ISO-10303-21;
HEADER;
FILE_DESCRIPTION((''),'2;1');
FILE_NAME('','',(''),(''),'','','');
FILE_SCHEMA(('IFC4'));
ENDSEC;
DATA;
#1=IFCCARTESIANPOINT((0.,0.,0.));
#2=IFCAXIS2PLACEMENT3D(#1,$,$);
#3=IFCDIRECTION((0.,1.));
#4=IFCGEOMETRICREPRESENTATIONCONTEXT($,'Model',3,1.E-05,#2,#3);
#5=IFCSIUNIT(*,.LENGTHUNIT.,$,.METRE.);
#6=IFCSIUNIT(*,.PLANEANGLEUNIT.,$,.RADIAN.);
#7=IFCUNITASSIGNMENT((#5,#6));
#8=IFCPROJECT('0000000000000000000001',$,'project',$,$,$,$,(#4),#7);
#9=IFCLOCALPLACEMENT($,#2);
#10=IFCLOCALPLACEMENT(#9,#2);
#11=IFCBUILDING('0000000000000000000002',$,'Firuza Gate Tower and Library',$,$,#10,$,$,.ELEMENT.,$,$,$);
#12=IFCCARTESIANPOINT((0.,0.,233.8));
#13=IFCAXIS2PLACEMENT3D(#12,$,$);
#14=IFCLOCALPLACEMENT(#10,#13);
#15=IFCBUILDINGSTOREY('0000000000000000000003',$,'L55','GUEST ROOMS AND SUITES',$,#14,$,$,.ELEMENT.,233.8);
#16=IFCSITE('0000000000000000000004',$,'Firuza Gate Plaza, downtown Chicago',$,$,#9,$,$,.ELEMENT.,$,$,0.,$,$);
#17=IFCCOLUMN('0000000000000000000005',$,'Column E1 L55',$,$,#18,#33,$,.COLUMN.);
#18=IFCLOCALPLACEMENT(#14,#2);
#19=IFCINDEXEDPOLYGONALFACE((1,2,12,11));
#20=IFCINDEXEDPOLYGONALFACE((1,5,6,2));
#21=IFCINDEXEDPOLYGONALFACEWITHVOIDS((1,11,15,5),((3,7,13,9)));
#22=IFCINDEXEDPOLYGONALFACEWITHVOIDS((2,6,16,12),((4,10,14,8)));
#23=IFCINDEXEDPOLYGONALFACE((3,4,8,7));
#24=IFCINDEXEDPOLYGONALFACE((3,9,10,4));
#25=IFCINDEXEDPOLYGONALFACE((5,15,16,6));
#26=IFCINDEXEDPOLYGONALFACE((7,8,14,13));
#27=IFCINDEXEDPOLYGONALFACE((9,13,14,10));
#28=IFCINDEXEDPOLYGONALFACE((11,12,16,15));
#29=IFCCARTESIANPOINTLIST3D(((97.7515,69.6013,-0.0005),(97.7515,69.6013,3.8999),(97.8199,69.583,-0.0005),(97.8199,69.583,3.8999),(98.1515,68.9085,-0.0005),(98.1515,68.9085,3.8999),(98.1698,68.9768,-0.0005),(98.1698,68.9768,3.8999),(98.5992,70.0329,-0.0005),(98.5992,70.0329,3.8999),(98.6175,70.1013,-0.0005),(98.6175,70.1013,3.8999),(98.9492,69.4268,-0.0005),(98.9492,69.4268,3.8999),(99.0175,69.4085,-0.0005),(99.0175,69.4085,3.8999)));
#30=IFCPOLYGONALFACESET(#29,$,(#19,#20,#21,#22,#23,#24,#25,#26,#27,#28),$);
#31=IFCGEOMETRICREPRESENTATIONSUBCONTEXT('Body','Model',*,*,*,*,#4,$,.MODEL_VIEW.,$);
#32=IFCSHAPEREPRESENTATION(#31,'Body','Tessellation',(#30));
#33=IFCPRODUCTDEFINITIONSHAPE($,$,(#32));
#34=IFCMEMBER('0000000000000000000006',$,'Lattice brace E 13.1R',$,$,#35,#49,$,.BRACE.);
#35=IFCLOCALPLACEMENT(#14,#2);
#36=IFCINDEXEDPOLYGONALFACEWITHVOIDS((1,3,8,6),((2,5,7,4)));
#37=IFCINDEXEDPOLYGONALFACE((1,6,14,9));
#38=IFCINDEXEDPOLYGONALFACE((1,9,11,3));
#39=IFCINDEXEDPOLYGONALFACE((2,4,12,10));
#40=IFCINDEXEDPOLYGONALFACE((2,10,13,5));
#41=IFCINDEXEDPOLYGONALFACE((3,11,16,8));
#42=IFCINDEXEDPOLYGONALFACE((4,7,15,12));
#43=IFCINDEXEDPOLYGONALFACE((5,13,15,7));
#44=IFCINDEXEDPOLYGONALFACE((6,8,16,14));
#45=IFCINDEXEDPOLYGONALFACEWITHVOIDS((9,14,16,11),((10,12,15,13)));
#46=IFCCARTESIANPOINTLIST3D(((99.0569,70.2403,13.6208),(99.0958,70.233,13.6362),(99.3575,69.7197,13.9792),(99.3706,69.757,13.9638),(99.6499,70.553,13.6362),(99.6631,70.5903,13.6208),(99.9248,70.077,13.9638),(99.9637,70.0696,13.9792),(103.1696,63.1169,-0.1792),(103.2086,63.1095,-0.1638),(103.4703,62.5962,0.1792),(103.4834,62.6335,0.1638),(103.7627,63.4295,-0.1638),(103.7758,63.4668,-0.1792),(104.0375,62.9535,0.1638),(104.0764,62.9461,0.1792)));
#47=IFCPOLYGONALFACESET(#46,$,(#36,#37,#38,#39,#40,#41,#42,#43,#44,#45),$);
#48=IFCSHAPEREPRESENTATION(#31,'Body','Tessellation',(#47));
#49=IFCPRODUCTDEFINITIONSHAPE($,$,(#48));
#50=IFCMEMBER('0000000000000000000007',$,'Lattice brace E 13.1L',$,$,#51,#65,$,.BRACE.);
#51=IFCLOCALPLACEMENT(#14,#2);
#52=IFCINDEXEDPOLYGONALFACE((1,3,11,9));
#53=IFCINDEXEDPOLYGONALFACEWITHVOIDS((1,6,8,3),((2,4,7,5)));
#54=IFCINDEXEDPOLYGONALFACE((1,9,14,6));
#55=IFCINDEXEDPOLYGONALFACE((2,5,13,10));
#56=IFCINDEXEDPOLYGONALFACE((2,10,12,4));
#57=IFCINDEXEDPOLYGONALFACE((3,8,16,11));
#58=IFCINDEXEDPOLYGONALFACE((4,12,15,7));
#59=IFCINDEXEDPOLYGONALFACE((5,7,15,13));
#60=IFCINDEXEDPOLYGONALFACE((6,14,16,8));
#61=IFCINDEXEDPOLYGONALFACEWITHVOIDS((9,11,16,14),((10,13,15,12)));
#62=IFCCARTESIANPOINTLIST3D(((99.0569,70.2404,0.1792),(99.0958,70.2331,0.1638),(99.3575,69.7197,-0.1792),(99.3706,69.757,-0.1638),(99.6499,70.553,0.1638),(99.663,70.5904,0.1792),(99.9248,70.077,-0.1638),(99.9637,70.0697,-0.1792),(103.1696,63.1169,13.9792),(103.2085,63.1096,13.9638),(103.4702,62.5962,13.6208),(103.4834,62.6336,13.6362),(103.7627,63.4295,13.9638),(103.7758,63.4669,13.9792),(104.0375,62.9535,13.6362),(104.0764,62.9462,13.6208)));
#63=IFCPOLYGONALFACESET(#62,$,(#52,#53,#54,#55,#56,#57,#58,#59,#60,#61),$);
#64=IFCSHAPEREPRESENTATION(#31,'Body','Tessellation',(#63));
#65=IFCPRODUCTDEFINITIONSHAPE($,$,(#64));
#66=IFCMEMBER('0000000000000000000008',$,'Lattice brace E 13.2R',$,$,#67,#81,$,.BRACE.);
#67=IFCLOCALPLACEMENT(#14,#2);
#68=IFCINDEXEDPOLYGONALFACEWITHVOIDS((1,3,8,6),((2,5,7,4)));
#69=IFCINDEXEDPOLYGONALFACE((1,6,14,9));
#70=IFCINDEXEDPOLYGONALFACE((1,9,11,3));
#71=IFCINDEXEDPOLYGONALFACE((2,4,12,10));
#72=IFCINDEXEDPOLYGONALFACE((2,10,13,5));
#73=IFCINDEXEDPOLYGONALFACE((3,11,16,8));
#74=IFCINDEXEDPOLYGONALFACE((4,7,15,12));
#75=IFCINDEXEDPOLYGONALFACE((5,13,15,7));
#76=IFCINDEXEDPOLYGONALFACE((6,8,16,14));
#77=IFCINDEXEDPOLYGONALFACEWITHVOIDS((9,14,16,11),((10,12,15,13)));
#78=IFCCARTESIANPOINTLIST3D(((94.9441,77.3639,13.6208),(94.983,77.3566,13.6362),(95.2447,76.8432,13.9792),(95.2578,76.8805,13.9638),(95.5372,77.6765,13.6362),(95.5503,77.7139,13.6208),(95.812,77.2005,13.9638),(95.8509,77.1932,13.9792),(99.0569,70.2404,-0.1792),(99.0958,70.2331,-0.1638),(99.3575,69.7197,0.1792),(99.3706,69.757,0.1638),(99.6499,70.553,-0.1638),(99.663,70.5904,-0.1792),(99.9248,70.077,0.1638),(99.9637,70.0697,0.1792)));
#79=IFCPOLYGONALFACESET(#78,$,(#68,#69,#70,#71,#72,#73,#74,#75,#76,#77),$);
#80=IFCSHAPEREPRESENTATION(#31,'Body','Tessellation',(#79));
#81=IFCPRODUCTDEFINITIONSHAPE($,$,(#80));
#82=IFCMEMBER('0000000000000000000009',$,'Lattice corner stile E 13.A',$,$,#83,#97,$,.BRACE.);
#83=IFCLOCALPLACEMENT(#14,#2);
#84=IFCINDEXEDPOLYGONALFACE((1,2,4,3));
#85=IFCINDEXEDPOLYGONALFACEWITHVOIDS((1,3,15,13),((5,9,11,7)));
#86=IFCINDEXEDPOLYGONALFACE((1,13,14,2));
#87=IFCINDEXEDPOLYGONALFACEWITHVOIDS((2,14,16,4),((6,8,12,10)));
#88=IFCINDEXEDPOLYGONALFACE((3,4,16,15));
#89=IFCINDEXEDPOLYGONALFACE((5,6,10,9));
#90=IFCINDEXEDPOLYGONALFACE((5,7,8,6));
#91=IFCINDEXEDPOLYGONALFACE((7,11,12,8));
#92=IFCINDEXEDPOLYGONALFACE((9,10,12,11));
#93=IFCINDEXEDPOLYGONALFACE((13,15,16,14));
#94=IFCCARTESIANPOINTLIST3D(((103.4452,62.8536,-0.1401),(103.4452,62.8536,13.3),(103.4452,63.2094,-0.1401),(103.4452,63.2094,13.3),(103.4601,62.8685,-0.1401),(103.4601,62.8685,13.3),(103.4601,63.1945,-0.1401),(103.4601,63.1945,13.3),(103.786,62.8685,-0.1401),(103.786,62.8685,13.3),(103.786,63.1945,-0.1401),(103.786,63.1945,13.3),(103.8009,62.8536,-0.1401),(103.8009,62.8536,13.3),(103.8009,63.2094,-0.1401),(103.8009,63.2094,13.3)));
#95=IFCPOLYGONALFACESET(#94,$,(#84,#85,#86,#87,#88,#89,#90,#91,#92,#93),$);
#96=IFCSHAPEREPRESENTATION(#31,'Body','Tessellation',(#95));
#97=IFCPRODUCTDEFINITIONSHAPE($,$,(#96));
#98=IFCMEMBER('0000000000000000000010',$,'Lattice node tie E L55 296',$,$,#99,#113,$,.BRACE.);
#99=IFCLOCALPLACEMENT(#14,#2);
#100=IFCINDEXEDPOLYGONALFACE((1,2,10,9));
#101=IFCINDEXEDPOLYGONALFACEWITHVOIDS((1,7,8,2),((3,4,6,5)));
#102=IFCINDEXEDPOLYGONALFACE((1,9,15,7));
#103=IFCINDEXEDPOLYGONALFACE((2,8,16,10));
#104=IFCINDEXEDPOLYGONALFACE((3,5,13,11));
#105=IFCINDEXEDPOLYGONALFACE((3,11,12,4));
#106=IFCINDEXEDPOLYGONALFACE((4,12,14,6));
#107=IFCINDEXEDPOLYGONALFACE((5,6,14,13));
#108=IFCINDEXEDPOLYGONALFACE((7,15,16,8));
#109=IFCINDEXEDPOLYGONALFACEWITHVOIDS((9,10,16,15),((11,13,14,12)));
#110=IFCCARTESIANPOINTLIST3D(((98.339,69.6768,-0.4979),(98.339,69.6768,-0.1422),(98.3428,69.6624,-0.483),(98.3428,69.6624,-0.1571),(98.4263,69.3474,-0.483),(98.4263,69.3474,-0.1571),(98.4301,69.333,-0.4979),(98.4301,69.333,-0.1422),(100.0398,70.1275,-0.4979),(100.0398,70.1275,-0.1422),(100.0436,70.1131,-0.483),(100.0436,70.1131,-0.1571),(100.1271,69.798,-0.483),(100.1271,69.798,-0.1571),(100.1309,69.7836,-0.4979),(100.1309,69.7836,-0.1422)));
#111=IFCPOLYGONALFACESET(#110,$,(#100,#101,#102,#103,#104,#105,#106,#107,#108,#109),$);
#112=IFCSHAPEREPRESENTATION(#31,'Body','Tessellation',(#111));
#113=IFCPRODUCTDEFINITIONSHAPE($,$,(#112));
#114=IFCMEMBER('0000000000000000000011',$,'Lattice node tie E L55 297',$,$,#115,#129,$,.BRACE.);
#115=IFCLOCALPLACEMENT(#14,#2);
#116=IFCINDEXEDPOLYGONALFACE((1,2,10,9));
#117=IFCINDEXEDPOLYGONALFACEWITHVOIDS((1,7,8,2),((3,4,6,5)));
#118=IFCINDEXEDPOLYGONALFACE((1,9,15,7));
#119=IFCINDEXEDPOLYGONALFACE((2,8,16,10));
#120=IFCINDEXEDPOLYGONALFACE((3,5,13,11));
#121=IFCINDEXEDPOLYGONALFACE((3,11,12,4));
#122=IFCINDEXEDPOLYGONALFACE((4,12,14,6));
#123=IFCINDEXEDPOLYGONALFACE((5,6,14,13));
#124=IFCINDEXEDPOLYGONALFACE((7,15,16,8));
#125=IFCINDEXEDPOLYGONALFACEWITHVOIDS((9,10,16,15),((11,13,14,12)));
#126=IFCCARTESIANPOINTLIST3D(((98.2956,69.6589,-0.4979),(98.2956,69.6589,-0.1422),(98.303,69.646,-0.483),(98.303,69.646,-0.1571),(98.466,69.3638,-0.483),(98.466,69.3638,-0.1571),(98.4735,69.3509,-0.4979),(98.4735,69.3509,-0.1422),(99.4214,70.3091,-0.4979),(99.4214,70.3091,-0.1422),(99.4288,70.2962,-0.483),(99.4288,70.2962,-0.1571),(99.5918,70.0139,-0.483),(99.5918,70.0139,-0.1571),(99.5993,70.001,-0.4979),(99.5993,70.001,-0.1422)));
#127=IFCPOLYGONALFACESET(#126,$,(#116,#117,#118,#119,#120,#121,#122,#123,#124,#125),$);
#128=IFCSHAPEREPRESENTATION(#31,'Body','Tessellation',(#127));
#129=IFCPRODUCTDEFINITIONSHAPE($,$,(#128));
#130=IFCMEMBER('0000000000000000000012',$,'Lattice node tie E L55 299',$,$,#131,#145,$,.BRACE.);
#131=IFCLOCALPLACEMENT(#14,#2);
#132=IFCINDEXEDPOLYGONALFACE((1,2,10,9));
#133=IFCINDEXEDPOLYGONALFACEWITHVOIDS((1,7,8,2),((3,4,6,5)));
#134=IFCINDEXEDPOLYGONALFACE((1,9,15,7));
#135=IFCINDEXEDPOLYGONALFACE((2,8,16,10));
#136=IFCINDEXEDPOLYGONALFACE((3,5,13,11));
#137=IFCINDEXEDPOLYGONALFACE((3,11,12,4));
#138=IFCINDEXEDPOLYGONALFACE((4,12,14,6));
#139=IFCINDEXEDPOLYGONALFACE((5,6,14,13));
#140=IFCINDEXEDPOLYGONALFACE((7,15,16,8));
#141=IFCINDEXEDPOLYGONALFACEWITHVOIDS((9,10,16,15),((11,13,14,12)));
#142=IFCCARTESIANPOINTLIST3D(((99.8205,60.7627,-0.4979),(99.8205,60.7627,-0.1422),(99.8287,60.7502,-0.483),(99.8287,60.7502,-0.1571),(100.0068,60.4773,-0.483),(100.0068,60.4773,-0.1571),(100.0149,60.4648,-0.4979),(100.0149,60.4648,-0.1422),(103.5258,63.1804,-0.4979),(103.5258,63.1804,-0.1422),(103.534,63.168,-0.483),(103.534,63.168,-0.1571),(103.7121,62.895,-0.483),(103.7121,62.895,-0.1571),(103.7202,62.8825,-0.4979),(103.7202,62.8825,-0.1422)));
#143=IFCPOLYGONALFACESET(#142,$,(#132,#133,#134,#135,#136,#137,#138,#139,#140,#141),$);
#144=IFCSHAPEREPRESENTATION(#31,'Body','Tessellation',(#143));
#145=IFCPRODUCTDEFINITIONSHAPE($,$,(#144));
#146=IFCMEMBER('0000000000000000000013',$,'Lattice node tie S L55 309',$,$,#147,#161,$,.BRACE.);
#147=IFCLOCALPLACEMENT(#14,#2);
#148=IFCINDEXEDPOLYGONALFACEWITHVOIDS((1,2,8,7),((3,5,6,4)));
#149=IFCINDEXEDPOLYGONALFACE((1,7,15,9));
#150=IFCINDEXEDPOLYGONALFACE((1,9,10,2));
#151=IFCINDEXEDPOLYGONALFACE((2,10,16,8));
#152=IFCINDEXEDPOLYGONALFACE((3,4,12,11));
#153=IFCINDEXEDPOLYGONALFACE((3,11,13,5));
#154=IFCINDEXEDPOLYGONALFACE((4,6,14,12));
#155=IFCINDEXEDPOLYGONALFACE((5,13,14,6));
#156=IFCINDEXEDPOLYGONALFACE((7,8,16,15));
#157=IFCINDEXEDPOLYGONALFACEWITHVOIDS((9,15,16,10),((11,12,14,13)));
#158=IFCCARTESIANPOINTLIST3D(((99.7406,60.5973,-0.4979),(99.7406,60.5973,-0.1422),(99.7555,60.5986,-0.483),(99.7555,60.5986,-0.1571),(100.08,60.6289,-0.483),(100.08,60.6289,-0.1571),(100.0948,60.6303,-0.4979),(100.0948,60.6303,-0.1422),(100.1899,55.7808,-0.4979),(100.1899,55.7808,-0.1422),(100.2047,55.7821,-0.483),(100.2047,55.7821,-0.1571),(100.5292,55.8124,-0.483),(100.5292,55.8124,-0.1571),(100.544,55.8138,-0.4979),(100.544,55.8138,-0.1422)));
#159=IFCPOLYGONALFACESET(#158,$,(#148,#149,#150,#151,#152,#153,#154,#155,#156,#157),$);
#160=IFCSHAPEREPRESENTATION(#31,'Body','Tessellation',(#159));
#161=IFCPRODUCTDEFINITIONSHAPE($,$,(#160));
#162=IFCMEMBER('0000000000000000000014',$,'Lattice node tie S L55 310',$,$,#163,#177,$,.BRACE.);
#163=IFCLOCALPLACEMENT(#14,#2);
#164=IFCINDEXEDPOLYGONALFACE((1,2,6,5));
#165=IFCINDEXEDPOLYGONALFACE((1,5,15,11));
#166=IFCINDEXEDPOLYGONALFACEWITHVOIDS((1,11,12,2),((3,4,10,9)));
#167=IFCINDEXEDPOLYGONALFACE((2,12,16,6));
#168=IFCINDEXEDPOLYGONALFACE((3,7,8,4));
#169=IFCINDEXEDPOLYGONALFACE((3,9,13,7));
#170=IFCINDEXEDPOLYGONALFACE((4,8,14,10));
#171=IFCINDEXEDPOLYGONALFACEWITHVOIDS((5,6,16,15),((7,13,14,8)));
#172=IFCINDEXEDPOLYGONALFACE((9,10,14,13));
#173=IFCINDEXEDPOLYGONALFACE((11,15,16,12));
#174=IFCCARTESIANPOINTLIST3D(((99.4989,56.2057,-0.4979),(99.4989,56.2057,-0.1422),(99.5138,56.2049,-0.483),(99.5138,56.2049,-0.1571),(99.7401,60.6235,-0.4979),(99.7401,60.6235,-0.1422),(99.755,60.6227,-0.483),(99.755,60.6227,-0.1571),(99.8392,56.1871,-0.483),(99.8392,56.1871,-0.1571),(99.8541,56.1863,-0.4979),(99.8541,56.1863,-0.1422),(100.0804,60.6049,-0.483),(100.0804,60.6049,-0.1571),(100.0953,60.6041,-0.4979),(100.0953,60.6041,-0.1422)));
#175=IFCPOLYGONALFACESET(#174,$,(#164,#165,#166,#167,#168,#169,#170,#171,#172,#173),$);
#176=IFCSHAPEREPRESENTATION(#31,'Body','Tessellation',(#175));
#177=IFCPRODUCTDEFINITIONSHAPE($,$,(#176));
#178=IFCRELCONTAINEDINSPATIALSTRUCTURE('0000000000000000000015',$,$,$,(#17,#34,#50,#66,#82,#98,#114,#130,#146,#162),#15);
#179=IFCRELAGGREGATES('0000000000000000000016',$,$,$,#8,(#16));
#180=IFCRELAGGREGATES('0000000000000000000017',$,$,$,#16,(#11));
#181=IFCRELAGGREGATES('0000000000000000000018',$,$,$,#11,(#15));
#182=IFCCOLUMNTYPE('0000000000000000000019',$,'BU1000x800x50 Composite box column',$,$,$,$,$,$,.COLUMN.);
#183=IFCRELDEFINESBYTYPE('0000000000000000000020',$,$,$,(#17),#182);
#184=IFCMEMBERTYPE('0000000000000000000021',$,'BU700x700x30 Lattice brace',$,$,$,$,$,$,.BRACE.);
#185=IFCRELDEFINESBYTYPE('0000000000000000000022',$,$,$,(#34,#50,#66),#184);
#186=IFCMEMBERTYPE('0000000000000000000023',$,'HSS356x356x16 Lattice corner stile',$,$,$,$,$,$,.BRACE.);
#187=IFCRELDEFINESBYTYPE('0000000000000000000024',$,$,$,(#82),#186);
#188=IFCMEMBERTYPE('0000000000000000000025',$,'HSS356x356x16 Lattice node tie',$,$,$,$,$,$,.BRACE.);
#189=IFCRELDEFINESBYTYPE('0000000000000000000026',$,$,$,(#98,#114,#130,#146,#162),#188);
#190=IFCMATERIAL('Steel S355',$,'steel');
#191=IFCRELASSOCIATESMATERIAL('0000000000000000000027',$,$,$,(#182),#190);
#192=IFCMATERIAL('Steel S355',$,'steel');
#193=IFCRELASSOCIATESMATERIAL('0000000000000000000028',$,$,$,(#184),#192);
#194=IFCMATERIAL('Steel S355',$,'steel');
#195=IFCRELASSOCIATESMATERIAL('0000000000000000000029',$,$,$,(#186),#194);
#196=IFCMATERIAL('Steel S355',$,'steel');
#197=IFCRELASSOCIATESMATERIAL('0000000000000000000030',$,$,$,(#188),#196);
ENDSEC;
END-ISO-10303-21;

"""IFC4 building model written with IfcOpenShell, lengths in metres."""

from ifc_helpers import new_model, si_unit, direction, frame, origin, origin_2d, place, context, subcontext, project, spatial, hollow_rectangle, extrude, material, material_profile, profile_set, type_object, element, save


model = new_model("IFC4")

# Units and contexts
model_context = context("Model", 3, precision=1e-05, world=origin(), true_north=direction((0.0, 1.0)))
body_context = subcontext(model_context, "Body", "Model", "MODEL_VIEW")
ifc_project = project(units=[si_unit("LENGTHUNIT", "METRE"), si_unit("PLANEANGLEUNIT", "RADIAN")], contexts=[model_context])

# Site, building, storey
site_placement = place(None, origin())
site = spatial("IfcSite", under=ifc_project, at=site_placement, Name="Firuza Gate Plaza, downtown Chicago", CompositionType="ELEMENT", RefElevation=0.0)
building_placement = place(site_placement, origin())
building = spatial("IfcBuilding", under=site, at=building_placement, Name="Firuza Gate Tower and Library", CompositionType="ELEMENT")
storey_placement = place(building_placement, frame((0.0, 0.0, 233.8)))
storey = spatial("IfcBuildingStorey", under=building, at=storey_placement, Name="L55", Description="GUEST ROOMS AND SUITES", CompositionType="ELEMENT", Elevation=233.8)

# Column
ifc_material_1 = material(Name="Steel S355", Category="steel")
ifc_material_profile_1 = material_profile(ifc_material_1, hollow_rectangle(XDim=0.8, YDim=1.0, WallThickness=0.05, at=origin_2d()))
ifc_profile_set_1 = profile_set([ifc_material_profile_1], Name="Steel S355")
column_type = type_object("IfcColumnType", Name="BU1000x800x50 Composite box column", PredefinedType="COLUMN", material=ifc_profile_set_1)
column_placement = place(storey_placement, frame((98.3845, 69.5049, -0.0005), z_axis=(0.0, 0.0, 1.0), x_axis=(-0.5, 0.866025, 0.0)))
element("IfcColumn", 1, at=column_placement, inside=storey, type_object=column_type, Name="Column E1 L55", PredefinedType="COLUMN", context=body_context, shape_type="SweptSolid", body=[
    extrude(hollow_rectangle(XDim=0.8, YDim=1.0, WallThickness=0.05, at=origin_2d()), origin(), (0.0, 0.0, 1.0), 3.9004),
])

# Members
ifc_material_2 = material(Name="Steel S355", Category="steel")
ifc_material_profile_2 = material_profile(ifc_material_2, hollow_rectangle(XDim=0.7, YDim=0.7, WallThickness=0.03, at=origin_2d()))
ifc_profile_set_2 = profile_set([ifc_material_profile_2], Name="Steel S355")
member_type_1 = type_object("IfcMemberType", Name="BU700x700x30 Lattice brace", PredefinedType="BRACE", material=ifc_profile_set_2)
for number, where, z_axis, x_axis, name in (
    (2, (103.623, 63.0315, 0.0), (-0.256001, 0.443405, 0.858985), (-0.866024, -0.500002, 0.0), "Lattice brace E 13.1R"),
    (3, (99.5103, 70.155, 0.0), (0.256001, -0.443405, 0.858985), (0.866024, 0.500002, 0.0), "Lattice brace E 13.1L"),
    (4, (99.5103, 70.155, 0.0), (-0.256001, 0.443405, 0.858985), (-0.866024, -0.500002, 0.0), "Lattice brace E 13.2R"),
):
    element("IfcMember", number, at=place(storey_placement, frame(where, z_axis=z_axis, x_axis=x_axis)), inside=storey, type_object=member_type_1, Name=name, PredefinedType="BRACE", context=body_context, shape_type="SweptSolid", body=[
        extrude(hollow_rectangle(XDim=0.7, YDim=0.7, WallThickness=0.03, at=origin_2d()), origin(), (0.0, 0.0, 1.0), 16.0654),
    ])
ifc_material_3 = material(Name="Steel S355", Category="steel")
ifc_material_profile_3 = material_profile(ifc_material_3, hollow_rectangle(XDim=0.3557, YDim=0.3557, WallThickness=0.0149, at=origin_2d()))
ifc_profile_set_3 = profile_set([ifc_material_profile_3], Name="Steel S355")
member_type_2 = type_object("IfcMemberType", Name="HSS356x356x16 Lattice corner stile", PredefinedType="BRACE", material=ifc_profile_set_3)
member_1_placement = place(storey_placement, frame((103.623, 63.0315, -0.1401), z_axis=(0.0, 0.0, 1.0), x_axis=(1.0, 0.0, 0.0)))
element("IfcMember", 5, at=member_1_placement, inside=storey, type_object=member_type_2, Name="Lattice corner stile E 13.A", PredefinedType="BRACE", context=body_context, shape_type="SweptSolid", body=[
    extrude(hollow_rectangle(XDim=0.3557, YDim=0.3557, WallThickness=0.0149, at=origin_2d()), origin(), (0.0, 0.0, 1.0), 13.4402),
])
ifc_material_4 = material(Name="Steel S355", Category="steel")
ifc_material_profile_4 = material_profile(ifc_material_4, hollow_rectangle(XDim=0.3557, YDim=0.3557, WallThickness=0.0149, at=origin_2d()))
ifc_profile_set_4 = profile_set([ifc_material_profile_4], Name="Steel S355")
member_type_3 = type_object("IfcMemberType", Name="HSS356x356x16 Lattice node tie", PredefinedType="BRACE", material=ifc_profile_set_4)
member_2_placement = place(storey_placement, frame((98.3845, 69.5049, -0.3201), z_axis=(0.966644, 0.256125, 0.0), x_axis=(-0.256125, 0.966644, 0.0)))
element("IfcMember", 6, at=member_2_placement, inside=storey, type_object=member_type_3, Name="Lattice node tie E L55 296", PredefinedType="BRACE", context=body_context, shape_type="SweptSolid", body=[
    extrude(hollow_rectangle(XDim=0.3557, YDim=0.3557, WallThickness=0.0149, at=origin_2d()), origin(), (0.0, 0.0, 1.0), 1.7595),
])
member_3_placement = place(storey_placement, frame((98.3845, 69.5049, -0.3201), z_axis=(0.865957, 0.500118, 0.0), x_axis=(-0.500118, 0.865957, 0.0)))
element("IfcMember", 7, at=member_3_placement, inside=storey, type_object=member_type_3, Name="Lattice node tie E L55 297", PredefinedType="BRACE", context=body_context, shape_type="SweptSolid", body=[
    extrude(hollow_rectangle(XDim=0.3557, YDim=0.3557, WallThickness=0.0149, at=origin_2d()), origin(), (0.0, 0.0, 1.0), 1.3),
])
member_4_placement = place(storey_placement, frame((99.9177, 60.6138, -0.3201), z_axis=(0.837485, 0.54646, 0.0), x_axis=(-0.54646, 0.837485, 0.0)))
element("IfcMember", 8, at=member_4_placement, inside=storey, type_object=member_type_3, Name="Lattice node tie E L55 299", PredefinedType="BRACE", context=body_context, shape_type="SweptSolid", body=[
    extrude(hollow_rectangle(XDim=0.3557, YDim=0.3557, WallThickness=0.0149, at=origin_2d()), origin(), (0.0, 0.0, 1.0), 4.4243),
])
member_5_placement = place(storey_placement, frame((99.9177, 60.6138, -0.3201), z_axis=(0.092865, -0.995679, 0.0), x_axis=(0.995679, 0.092865, 0.0)))
element("IfcMember", 9, at=member_5_placement, inside=storey, type_object=member_type_3, Name="Lattice node tie S L55 309", PredefinedType="BRACE", context=body_context, shape_type="SweptSolid", body=[
    extrude(hollow_rectangle(XDim=0.3557, YDim=0.3557, WallThickness=0.0149, at=origin_2d()), origin(), (0.0, 0.0, 1.0), 4.8374),
])
member_6_placement = place(storey_placement, frame((99.9177, 60.6138, -0.3201), z_axis=(-0.05452, -0.998513, 0.0), x_axis=(0.998513, -0.05452, 0.0)))
element("IfcMember", 10, at=member_6_placement, inside=storey, type_object=member_type_3, Name="Lattice node tie S L55 310", PredefinedType="BRACE", context=body_context, shape_type="SweptSolid", body=[
    extrude(hollow_rectangle(XDim=0.3557, YDim=0.3557, WallThickness=0.0149, at=origin_2d()), origin(), (0.0, 0.0, 1.0), 4.4243),
])

save(model, "model.ifc")
